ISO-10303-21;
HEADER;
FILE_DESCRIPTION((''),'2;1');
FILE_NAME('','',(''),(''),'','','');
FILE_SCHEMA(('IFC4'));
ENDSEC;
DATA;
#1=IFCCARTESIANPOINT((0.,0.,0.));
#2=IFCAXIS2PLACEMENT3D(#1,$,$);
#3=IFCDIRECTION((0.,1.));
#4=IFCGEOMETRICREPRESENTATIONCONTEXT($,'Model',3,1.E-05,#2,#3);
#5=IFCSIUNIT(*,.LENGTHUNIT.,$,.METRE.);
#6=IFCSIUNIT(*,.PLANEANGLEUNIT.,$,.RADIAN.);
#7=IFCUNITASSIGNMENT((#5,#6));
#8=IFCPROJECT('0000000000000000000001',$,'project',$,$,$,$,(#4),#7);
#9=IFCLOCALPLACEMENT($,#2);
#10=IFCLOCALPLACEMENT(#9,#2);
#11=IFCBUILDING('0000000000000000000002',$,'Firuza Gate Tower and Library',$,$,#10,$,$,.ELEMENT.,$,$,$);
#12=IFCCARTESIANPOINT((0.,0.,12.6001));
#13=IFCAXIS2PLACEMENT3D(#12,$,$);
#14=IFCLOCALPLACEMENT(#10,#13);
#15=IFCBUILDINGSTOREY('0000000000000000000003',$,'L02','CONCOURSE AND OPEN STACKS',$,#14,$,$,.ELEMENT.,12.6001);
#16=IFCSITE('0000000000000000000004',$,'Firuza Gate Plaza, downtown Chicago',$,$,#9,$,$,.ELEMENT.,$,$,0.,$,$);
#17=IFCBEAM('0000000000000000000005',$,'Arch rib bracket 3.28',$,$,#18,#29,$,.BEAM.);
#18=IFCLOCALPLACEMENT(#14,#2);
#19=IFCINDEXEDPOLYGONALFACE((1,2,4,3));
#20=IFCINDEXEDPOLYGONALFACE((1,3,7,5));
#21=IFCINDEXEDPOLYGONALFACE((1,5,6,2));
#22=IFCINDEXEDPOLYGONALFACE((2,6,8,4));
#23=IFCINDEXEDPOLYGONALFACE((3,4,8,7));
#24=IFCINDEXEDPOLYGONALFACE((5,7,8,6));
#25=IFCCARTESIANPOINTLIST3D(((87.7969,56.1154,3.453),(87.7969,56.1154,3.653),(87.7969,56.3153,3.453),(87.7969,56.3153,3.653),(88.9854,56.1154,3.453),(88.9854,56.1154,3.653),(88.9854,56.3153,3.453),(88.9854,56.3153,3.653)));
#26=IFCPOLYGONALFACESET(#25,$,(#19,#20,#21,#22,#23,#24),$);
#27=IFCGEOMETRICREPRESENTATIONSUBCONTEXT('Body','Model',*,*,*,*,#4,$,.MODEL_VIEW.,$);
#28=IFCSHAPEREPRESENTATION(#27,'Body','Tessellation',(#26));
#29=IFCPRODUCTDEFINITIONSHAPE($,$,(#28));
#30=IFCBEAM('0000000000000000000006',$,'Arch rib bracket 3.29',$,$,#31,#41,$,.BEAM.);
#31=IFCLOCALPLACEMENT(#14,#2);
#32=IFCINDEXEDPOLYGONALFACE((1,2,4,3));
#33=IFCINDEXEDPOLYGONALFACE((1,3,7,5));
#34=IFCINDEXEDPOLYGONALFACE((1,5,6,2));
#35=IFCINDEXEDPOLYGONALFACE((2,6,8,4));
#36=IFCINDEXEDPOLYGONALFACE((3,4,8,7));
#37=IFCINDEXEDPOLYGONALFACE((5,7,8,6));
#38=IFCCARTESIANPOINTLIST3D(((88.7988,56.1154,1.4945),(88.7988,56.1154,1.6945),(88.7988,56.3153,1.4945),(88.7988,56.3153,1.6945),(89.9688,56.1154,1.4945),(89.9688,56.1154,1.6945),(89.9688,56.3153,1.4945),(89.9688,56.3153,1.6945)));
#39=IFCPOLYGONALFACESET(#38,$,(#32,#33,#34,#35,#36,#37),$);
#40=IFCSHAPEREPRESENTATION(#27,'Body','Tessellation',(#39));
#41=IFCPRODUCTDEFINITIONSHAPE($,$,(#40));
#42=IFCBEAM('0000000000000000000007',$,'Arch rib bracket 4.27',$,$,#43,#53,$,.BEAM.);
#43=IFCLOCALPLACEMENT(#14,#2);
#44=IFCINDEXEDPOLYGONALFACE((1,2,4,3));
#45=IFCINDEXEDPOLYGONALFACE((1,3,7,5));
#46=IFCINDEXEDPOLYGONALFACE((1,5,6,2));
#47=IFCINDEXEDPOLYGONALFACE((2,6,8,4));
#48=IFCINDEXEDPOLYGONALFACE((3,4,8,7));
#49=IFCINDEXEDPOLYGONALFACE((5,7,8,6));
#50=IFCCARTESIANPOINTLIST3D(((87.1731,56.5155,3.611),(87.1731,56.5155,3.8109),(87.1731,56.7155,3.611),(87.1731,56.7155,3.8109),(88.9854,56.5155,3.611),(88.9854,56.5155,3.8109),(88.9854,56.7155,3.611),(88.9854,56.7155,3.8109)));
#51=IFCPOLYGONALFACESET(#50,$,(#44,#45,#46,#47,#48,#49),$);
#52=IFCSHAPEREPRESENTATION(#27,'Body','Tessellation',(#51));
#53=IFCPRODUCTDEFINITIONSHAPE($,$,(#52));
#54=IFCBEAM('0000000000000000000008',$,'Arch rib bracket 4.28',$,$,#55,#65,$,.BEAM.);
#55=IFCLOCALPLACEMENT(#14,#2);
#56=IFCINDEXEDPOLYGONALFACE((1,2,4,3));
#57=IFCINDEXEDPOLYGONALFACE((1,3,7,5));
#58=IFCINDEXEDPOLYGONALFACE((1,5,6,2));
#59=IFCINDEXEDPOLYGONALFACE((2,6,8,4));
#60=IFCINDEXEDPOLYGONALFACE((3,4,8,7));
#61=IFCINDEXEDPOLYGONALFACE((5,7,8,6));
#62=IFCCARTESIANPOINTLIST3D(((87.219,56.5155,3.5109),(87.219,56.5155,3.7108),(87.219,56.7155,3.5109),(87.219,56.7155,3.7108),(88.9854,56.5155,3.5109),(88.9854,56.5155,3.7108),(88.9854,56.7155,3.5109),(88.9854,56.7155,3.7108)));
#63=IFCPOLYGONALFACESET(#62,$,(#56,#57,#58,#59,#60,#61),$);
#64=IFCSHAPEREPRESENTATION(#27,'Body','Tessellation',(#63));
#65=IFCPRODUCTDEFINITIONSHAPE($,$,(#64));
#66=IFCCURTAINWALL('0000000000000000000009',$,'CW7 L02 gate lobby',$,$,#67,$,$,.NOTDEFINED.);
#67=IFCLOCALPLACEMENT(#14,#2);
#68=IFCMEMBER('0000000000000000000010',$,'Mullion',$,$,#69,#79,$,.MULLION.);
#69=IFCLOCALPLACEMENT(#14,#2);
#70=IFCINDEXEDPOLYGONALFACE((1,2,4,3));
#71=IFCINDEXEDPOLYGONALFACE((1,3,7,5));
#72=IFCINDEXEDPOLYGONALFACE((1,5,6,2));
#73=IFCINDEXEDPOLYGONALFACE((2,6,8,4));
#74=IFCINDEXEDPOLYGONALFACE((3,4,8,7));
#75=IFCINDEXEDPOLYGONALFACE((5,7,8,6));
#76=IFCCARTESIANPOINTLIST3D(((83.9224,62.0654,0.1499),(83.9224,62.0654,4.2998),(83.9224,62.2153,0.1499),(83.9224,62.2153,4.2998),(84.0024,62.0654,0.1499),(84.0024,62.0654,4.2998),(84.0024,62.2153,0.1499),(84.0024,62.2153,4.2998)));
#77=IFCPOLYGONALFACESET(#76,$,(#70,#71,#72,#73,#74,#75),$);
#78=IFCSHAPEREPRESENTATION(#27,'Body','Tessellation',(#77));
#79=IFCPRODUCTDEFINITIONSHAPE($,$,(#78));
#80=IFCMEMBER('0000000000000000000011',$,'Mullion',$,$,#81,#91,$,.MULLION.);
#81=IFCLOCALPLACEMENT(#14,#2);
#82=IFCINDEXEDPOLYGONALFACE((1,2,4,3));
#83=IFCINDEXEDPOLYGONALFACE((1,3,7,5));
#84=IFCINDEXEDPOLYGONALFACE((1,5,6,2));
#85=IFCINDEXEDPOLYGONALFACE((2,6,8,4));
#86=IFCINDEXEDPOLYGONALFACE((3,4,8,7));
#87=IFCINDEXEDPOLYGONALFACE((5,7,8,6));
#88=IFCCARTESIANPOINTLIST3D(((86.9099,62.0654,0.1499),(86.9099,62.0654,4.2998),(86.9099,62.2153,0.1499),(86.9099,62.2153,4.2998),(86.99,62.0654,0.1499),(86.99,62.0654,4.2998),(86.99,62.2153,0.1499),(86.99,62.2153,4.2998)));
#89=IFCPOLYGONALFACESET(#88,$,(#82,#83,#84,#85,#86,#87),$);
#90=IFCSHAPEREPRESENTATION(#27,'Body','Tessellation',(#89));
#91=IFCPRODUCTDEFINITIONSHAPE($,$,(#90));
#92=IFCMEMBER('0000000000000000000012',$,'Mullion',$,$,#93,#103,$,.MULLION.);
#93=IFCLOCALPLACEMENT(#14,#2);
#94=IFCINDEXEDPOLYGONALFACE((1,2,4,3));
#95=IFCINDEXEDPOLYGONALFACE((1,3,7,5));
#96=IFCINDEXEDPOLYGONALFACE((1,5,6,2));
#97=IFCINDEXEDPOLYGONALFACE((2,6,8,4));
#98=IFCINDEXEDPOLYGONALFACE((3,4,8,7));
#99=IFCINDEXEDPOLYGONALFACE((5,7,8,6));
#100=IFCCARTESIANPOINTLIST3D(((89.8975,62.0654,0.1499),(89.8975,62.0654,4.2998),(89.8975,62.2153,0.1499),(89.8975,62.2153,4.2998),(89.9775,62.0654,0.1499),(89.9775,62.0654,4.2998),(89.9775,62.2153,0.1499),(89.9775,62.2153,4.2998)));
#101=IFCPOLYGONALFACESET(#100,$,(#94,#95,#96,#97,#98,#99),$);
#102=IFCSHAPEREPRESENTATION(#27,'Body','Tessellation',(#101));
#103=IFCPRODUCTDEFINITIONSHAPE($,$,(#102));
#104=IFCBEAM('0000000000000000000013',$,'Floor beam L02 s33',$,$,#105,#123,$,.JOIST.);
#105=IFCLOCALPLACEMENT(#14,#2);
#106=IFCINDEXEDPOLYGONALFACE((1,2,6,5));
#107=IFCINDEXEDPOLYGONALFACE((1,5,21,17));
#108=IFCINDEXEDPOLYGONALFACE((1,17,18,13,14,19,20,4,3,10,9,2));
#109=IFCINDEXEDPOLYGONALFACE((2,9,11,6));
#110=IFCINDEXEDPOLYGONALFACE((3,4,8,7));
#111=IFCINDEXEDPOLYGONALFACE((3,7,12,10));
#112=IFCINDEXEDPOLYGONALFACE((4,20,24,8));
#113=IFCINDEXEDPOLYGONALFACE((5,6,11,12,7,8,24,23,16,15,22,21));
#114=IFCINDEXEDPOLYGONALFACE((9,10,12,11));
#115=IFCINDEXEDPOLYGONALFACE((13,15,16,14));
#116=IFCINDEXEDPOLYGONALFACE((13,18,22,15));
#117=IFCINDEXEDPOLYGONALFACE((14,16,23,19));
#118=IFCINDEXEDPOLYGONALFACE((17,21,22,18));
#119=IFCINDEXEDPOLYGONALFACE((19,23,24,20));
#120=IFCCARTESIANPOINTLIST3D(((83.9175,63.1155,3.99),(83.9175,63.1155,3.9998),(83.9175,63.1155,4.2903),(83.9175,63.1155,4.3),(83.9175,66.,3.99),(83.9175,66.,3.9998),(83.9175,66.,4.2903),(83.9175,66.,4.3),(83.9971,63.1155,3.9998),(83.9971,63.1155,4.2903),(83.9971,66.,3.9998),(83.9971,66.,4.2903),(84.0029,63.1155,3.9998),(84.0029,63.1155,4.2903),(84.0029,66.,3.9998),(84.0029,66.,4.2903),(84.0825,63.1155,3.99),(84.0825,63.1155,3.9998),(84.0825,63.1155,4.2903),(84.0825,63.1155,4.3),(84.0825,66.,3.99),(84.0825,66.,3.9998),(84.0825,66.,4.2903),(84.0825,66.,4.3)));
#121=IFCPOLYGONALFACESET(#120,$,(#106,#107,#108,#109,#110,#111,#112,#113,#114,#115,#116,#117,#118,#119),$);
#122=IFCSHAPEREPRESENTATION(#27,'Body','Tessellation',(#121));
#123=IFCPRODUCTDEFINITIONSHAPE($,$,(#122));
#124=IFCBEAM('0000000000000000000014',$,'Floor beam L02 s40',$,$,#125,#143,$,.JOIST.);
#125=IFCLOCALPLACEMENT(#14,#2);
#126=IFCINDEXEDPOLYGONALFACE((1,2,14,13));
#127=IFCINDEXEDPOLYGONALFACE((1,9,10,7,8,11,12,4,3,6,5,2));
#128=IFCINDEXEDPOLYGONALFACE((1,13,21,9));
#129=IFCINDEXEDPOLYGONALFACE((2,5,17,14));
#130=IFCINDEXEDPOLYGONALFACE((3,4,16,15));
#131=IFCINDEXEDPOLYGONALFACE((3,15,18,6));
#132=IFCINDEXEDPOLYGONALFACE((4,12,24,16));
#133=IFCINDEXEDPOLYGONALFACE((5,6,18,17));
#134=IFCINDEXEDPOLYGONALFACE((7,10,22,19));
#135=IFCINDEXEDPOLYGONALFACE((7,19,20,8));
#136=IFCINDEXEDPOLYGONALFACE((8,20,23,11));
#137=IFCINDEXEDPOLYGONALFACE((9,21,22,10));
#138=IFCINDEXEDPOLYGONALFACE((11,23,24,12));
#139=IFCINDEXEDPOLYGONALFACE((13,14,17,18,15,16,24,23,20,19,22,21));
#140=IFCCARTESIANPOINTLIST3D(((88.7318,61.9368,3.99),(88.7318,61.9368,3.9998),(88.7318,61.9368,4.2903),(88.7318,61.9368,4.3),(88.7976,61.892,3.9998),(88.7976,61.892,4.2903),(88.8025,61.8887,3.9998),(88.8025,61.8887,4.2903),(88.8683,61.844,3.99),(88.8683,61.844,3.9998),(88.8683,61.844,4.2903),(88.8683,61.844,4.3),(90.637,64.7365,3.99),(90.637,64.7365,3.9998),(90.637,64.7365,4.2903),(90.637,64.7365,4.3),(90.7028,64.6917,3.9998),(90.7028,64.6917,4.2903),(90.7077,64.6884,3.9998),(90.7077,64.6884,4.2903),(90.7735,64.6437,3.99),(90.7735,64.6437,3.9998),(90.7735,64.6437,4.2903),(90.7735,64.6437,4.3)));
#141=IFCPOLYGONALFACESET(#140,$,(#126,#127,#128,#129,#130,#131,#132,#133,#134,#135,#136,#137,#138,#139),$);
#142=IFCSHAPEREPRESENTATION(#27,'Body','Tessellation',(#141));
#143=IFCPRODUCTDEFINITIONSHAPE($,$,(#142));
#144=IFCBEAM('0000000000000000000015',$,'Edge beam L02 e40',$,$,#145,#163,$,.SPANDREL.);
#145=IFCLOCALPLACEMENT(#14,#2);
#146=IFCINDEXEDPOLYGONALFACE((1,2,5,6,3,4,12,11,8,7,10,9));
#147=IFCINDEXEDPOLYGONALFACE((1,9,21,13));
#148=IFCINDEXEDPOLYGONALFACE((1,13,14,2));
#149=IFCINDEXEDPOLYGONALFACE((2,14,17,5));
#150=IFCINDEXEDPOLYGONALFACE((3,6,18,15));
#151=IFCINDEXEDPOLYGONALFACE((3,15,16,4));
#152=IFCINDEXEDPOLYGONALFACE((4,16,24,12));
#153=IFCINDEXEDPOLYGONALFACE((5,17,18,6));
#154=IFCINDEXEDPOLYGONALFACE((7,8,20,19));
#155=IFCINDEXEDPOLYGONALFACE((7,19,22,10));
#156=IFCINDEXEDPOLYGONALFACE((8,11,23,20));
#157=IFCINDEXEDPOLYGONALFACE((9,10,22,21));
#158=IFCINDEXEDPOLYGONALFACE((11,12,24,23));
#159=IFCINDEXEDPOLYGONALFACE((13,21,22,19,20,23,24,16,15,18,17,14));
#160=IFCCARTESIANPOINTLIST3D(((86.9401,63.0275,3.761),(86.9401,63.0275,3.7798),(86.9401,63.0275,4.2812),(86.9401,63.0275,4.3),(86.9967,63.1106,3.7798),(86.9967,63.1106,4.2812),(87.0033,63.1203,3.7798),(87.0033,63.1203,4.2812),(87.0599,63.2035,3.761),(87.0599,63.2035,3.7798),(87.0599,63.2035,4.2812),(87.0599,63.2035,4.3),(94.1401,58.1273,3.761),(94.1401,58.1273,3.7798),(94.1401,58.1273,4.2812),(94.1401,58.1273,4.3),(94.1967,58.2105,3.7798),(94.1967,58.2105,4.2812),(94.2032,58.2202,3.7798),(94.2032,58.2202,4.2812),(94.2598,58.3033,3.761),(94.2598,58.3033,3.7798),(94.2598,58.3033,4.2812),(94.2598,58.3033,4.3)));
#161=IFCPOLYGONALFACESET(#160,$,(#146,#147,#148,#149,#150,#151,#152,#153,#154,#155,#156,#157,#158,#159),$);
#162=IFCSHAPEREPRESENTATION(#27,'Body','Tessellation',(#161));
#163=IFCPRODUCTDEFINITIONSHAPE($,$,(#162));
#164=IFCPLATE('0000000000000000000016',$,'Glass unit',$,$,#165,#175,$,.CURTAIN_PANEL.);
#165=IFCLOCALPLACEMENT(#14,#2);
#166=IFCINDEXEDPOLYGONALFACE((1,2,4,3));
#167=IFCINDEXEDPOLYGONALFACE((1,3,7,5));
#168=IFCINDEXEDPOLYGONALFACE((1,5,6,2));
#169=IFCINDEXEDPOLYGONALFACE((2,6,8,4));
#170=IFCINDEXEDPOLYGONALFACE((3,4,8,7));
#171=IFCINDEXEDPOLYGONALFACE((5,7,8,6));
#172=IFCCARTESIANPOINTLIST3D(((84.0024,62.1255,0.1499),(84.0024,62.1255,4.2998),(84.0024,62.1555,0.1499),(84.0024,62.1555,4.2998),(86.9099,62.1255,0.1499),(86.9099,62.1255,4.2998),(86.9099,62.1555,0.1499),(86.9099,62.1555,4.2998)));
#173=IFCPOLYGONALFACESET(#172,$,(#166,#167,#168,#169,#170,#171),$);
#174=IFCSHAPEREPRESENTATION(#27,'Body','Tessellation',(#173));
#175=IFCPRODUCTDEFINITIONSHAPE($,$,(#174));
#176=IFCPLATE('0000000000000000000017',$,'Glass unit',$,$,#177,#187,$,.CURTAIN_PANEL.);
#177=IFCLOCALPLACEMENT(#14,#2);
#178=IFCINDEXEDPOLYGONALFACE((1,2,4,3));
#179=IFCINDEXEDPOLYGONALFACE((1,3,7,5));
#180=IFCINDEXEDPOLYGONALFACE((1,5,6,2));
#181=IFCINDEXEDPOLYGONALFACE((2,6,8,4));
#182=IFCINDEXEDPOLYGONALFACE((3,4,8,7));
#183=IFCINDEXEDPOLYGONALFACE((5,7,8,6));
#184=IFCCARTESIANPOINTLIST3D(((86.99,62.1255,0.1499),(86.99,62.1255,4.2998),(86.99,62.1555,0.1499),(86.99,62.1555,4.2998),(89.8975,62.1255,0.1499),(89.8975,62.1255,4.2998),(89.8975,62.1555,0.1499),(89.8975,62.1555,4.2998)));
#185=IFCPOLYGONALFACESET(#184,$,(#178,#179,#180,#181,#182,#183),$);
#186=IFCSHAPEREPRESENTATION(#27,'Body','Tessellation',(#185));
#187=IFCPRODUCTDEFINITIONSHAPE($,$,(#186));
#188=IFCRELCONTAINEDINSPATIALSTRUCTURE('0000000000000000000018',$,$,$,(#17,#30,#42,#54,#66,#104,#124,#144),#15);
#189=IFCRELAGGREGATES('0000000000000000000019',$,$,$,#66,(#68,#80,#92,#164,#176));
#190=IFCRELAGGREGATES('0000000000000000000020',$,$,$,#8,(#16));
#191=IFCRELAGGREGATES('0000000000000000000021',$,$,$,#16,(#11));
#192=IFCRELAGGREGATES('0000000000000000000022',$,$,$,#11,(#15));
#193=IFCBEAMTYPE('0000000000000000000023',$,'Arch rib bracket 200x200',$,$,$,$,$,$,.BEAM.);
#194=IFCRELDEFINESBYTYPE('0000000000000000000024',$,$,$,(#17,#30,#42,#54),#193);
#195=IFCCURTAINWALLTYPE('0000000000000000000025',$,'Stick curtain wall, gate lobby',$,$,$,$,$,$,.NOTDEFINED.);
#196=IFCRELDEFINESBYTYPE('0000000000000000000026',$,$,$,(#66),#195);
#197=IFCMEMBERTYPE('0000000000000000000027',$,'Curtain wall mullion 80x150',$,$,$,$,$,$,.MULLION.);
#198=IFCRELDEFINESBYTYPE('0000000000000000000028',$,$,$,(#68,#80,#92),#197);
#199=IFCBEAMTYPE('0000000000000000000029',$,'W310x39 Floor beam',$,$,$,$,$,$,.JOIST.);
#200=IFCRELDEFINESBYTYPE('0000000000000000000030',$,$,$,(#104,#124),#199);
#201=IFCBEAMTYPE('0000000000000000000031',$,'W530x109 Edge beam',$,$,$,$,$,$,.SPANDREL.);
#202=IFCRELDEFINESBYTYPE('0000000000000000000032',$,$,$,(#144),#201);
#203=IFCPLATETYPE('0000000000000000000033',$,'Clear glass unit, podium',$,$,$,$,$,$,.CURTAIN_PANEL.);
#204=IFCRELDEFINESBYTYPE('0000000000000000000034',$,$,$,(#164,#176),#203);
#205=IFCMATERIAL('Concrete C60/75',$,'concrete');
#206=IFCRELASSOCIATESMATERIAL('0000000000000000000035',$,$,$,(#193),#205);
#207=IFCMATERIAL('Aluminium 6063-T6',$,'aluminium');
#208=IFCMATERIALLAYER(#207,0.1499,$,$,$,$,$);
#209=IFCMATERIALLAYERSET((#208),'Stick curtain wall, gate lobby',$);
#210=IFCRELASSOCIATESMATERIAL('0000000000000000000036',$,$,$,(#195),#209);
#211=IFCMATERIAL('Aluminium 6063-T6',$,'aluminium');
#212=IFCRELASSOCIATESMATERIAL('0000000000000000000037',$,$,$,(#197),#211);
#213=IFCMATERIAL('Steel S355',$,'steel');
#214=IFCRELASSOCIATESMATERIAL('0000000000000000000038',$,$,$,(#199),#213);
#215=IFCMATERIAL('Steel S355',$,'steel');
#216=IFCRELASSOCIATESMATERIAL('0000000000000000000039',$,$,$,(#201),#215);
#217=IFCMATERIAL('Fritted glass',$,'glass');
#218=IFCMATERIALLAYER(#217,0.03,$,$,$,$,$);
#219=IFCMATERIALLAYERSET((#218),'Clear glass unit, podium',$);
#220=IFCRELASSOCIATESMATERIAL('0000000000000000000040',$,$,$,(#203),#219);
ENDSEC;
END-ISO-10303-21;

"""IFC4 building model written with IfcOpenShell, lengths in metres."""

from ifc_helpers import new_model, si_unit, direction, frame, origin, origin_2d, place, context, subcontext, project, spatial, polyline, rectangle, i_section, outline, extrude, material, layer, layer_set, material_profile, profile_set, type_object, element, aggregate, save


model = new_model("IFC4")

# Units and contexts
model_context = context("Model", 3, precision=1e-05, world=origin(), true_north=direction((0.0, 1.0)))
body_context = subcontext(model_context, "Body", "Model", "MODEL_VIEW")
ifc_project = project(units=[si_unit("LENGTHUNIT", "METRE"), si_unit("PLANEANGLEUNIT", "RADIAN")], contexts=[model_context])

# Site, building, storey
site_placement = place(None, origin())
site = spatial("IfcSite", under=ifc_project, at=site_placement, Name="Firuza Gate Plaza, downtown Chicago", CompositionType="ELEMENT", RefElevation=0.0)
building_placement = place(site_placement, origin())
building = spatial("IfcBuilding", under=site, at=building_placement, Name="Firuza Gate Tower and Library", CompositionType="ELEMENT")
storey_placement = place(building_placement, frame((0.0, 0.0, 12.6001)))
storey = spatial("IfcBuildingStorey", under=building, at=storey_placement, Name="L02", Description="CONCOURSE AND OPEN STACKS", CompositionType="ELEMENT", Elevation=12.6001)

# Beams
ifc_material_1 = material(Name="Concrete C60/75", Category="concrete")
ifc_material_profile_1 = material_profile(ifc_material_1, rectangle(XDim=0.2, YDim=0.2, at=origin_2d()))
ifc_profile_set_1 = profile_set([ifc_material_profile_1], Name="Concrete C60/75")
beam_type_1 = type_object("IfcBeamType", Name="Arch rib bracket 200x200", PredefinedType="BEAM", material=ifc_profile_set_1)
beam_1_placement = place(storey_placement, frame((88.9854, 56.2153, 3.553), z_axis=(-1.0, 0.0, 0.0), x_axis=(0.0, -1.0, 0.0)))
element("IfcBeam", 1, at=beam_1_placement, inside=storey, type_object=beam_type_1, Name="Arch rib bracket 3.28", PredefinedType="BEAM", context=body_context, shape_type="SweptSolid", body=[
    extrude(rectangle(XDim=0.2, YDim=0.2, at=origin_2d()), origin(), (0.0, 0.0, 1.0), 1.1885),
])
beam_2_placement = place(storey_placement, frame((89.9688, 56.2153, 1.5945), z_axis=(-1.0, 0.0, 0.0), x_axis=(0.0, -1.0, 0.0)))
element("IfcBeam", 2, at=beam_2_placement, inside=storey, type_object=beam_type_1, Name="Arch rib bracket 3.29", PredefinedType="BEAM", context=body_context, shape_type="SweptSolid", body=[
    extrude(rectangle(XDim=0.2, YDim=0.2, at=origin_2d()), origin(), (0.0, 0.0, 1.0), 1.1699),
])
beam_3_placement = place(storey_placement, frame((88.9854, 56.6155, 3.7109), z_axis=(-1.0, 0.0, 0.0), x_axis=(0.0, -1.0, 0.0)))
element("IfcBeam", 3, at=beam_3_placement, inside=storey, type_object=beam_type_1, Name="Arch rib bracket 4.27", PredefinedType="BEAM", context=body_context, shape_type="SweptSolid", body=[
    extrude(rectangle(XDim=0.2, YDim=0.2, at=origin_2d()), origin(), (0.0, 0.0, 1.0), 1.8123),
])
beam_4_placement = place(storey_placement, frame((88.9854, 56.6155, 3.6108), z_axis=(-1.0, 0.0, 0.0), x_axis=(0.0, -1.0, 0.0)))
element("IfcBeam", 4, at=beam_4_placement, inside=storey, type_object=beam_type_1, Name="Arch rib bracket 4.28", PredefinedType="BEAM", context=body_context, shape_type="SweptSolid", body=[
    extrude(rectangle(XDim=0.2, YDim=0.2, at=origin_2d()), origin(), (0.0, 0.0, 1.0), 1.7664),
])

# Curtain wall, members
ifc_material_2 = material(Name="Aluminium 6063-T6", Category="aluminium")
ifc_layer_1 = layer(ifc_material_2, 0.1499)
ifc_layer_set_1 = layer_set([ifc_layer_1], Name="Stick curtain wall, gate lobby")
curtain_wall_type = type_object("IfcCurtainWallType", Name="Stick curtain wall, gate lobby", PredefinedType="NOTDEFINED", material=ifc_layer_set_1)
curtain_wall_placement = place(storey_placement, origin())
curtain_wall = element("IfcCurtainWall", 5, at=curtain_wall_placement, inside=storey, type_object=curtain_wall_type, Name="CW7 L02 gate lobby", PredefinedType="NOTDEFINED")
ifc_material_3 = material(Name="Aluminium 6063-T6", Category="aluminium")
ifc_material_profile_2 = material_profile(ifc_material_3, rectangle(XDim=0.1499, YDim=0.0801, at=origin_2d()))
ifc_profile_set_2 = profile_set([ifc_material_profile_2], Name="Aluminium 6063-T6")
member_type_1 = type_object("IfcMemberType", Name="Curtain wall mullion 80x150", PredefinedType="MULLION", material=ifc_profile_set_2)
member_1_placement = place(storey_placement, frame((83.9624, 62.1404, 0.1499), z_axis=(0.0, 0.0, 1.0), x_axis=(0.0, 1.0, 0.0)))
member_1 = element("IfcMember", 6, at=member_1_placement, type_object=member_type_1, Name="Mullion", PredefinedType="MULLION", context=body_context, shape_type="SweptSolid", body=[
    extrude(rectangle(XDim=0.1499, YDim=0.0801, at=origin_2d()), origin(), (0.0, 0.0, 1.0), 4.1499),
])
member_2_placement = place(storey_placement, frame((86.95, 62.1404, 0.1499), z_axis=(0.0, 0.0, 1.0), x_axis=(0.0, 1.0, 0.0)))
member_2 = element("IfcMember", 7, at=member_2_placement, type_object=member_type_1, Name="Mullion", PredefinedType="MULLION", context=body_context, shape_type="SweptSolid", body=[
    extrude(rectangle(XDim=0.1499, YDim=0.0801, at=origin_2d()), origin(), (0.0, 0.0, 1.0), 4.1499),
])
member_3_placement = place(storey_placement, frame((89.9375, 62.1404, 0.1499), z_axis=(0.0, 0.0, 1.0), x_axis=(0.0, 1.0, 0.0)))
member_3 = element("IfcMember", 8, at=member_3_placement, type_object=member_type_1, Name="Mullion", PredefinedType="MULLION", context=body_context, shape_type="SweptSolid", body=[
    extrude(rectangle(XDim=0.1499, YDim=0.0801, at=origin_2d()), origin(), (0.0, 0.0, 1.0), 4.1499),
])

# Beams
ifc_material_4 = material(Name="Steel S355", Category="steel")
ifc_material_profile_3 = material_profile(ifc_material_4, i_section(OverallWidth=0.165, OverallDepth=0.3101, WebThickness=0.0059, FlangeThickness=0.0098, at=origin_2d()))
ifc_profile_set_3 = profile_set([ifc_material_profile_3], Name="Steel S355")
beam_type_2 = type_object("IfcBeamType", Name="W310x39 Floor beam", PredefinedType="JOIST", material=ifc_profile_set_3)
beam_5_placement = place(storey_placement, frame((84.0, 63.1155, 4.145), z_axis=(0.0, 1.0, 0.0), x_axis=(-1.0, 0.0, 0.0)))
element("IfcBeam", 9, at=beam_5_placement, inside=storey, type_object=beam_type_2, Name="Floor beam L02 s33", PredefinedType="JOIST", context=body_context, shape_type="SweptSolid", body=[
    extrude(i_section(OverallWidth=0.165, OverallDepth=0.3101, WebThickness=0.0059, FlangeThickness=0.0098, at=origin_2d()), origin(), (0.0, 0.0, 1.0), 2.8845),
])
beam_6_placement = place(storey_placement, frame((88.8, 61.8904, 4.145), z_axis=(0.562594, 0.826733, 0.0), x_axis=(-0.826733, 0.562594, 0.0)))
element("IfcBeam", 10, at=beam_6_placement, inside=storey, type_object=beam_type_2, Name="Floor beam L02 s40", PredefinedType="JOIST", context=body_context, shape_type="SweptSolid", body=[
    extrude(i_section(OverallWidth=0.165, OverallDepth=0.3101, WebThickness=0.0059, FlangeThickness=0.0098, at=origin_2d()), origin(), (0.0, 0.0, 1.0), 3.3865),
])
ifc_material_5 = material(Name="Steel S355", Category="steel")
ifc_material_profile_4 = material_profile(ifc_material_5, i_section(OverallWidth=0.2129, OverallDepth=0.5391, WebThickness=0.0117, FlangeThickness=0.0188, at=origin_2d()))
ifc_profile_set_4 = profile_set([ifc_material_profile_4], Name="Steel S355")
beam_type_3 = type_object("IfcBeamType", Name="W530x109 Edge beam", PredefinedType="SPANDREL", material=ifc_profile_set_4)
beam_7_placement = place(storey_placement, frame((87.0, 63.1155, 4.0305), z_axis=(0.826703, -0.562638, 0.0), x_axis=(0.562638, 0.826703, 0.0)))
element("IfcBeam", 11, at=beam_7_placement, inside=storey, type_object=beam_type_3, Name="Edge beam L02 e40", PredefinedType="SPANDREL", context=body_context, shape_type="SweptSolid", body=[
    extrude(i_section(OverallWidth=0.2129, OverallDepth=0.5391, WebThickness=0.0117, FlangeThickness=0.0188, at=origin_2d()), origin(), (0.0, 0.0, 1.0), 8.7092),
])

# Plates
ifc_material_6 = material(Name="Fritted glass", Category="glass")
ifc_layer_2 = layer(ifc_material_6, 0.03)
ifc_layer_set_2 = layer_set([ifc_layer_2], Name="Clear glass unit, podium")
plate_type = type_object("IfcPlateType", Name="Clear glass unit, podium", PredefinedType="CURTAIN_PANEL", material=ifc_layer_set_2)
plate_1_placement = place(storey_placement, frame((84.0024, 62.1255, 0.1499), z_axis=(0.0, -1.0, 0.0), x_axis=(1.0, 0.0, 0.0)))
plate_1 = element("IfcPlate", 12, at=plate_1_placement, type_object=plate_type, Name="Glass unit", PredefinedType="CURTAIN_PANEL", context=body_context, shape_type="SweptSolid", body=[
    extrude(outline(polyline([(0.0, 0.0), (2.9075, 0.0), (2.9075, 4.1499), (0.0, 4.1499), (0.0, 0.0)])), origin(), (0.0, 0.0, -1.0), 0.03),
])
plate_2_placement = place(storey_placement, frame((86.99, 62.1255, 0.1499), z_axis=(0.0, -1.0, 0.0), x_axis=(1.0, 0.0, 0.0)))
plate_2 = element("IfcPlate", 13, at=plate_2_placement, type_object=plate_type, Name="Glass unit", PredefinedType="CURTAIN_PANEL", context=body_context, shape_type="SweptSolid", body=[
    extrude(outline(polyline([(0.0, 0.0), (2.9075, 0.0), (2.9075, 4.1499), (0.0, 4.1499), (0.0, 0.0)])), origin(), (0.0, 0.0, -1.0), 0.03),
])
aggregate(curtain_wall, [member_1, member_2, member_3, plate_1, plate_2])

save(model, "model.ifc")
